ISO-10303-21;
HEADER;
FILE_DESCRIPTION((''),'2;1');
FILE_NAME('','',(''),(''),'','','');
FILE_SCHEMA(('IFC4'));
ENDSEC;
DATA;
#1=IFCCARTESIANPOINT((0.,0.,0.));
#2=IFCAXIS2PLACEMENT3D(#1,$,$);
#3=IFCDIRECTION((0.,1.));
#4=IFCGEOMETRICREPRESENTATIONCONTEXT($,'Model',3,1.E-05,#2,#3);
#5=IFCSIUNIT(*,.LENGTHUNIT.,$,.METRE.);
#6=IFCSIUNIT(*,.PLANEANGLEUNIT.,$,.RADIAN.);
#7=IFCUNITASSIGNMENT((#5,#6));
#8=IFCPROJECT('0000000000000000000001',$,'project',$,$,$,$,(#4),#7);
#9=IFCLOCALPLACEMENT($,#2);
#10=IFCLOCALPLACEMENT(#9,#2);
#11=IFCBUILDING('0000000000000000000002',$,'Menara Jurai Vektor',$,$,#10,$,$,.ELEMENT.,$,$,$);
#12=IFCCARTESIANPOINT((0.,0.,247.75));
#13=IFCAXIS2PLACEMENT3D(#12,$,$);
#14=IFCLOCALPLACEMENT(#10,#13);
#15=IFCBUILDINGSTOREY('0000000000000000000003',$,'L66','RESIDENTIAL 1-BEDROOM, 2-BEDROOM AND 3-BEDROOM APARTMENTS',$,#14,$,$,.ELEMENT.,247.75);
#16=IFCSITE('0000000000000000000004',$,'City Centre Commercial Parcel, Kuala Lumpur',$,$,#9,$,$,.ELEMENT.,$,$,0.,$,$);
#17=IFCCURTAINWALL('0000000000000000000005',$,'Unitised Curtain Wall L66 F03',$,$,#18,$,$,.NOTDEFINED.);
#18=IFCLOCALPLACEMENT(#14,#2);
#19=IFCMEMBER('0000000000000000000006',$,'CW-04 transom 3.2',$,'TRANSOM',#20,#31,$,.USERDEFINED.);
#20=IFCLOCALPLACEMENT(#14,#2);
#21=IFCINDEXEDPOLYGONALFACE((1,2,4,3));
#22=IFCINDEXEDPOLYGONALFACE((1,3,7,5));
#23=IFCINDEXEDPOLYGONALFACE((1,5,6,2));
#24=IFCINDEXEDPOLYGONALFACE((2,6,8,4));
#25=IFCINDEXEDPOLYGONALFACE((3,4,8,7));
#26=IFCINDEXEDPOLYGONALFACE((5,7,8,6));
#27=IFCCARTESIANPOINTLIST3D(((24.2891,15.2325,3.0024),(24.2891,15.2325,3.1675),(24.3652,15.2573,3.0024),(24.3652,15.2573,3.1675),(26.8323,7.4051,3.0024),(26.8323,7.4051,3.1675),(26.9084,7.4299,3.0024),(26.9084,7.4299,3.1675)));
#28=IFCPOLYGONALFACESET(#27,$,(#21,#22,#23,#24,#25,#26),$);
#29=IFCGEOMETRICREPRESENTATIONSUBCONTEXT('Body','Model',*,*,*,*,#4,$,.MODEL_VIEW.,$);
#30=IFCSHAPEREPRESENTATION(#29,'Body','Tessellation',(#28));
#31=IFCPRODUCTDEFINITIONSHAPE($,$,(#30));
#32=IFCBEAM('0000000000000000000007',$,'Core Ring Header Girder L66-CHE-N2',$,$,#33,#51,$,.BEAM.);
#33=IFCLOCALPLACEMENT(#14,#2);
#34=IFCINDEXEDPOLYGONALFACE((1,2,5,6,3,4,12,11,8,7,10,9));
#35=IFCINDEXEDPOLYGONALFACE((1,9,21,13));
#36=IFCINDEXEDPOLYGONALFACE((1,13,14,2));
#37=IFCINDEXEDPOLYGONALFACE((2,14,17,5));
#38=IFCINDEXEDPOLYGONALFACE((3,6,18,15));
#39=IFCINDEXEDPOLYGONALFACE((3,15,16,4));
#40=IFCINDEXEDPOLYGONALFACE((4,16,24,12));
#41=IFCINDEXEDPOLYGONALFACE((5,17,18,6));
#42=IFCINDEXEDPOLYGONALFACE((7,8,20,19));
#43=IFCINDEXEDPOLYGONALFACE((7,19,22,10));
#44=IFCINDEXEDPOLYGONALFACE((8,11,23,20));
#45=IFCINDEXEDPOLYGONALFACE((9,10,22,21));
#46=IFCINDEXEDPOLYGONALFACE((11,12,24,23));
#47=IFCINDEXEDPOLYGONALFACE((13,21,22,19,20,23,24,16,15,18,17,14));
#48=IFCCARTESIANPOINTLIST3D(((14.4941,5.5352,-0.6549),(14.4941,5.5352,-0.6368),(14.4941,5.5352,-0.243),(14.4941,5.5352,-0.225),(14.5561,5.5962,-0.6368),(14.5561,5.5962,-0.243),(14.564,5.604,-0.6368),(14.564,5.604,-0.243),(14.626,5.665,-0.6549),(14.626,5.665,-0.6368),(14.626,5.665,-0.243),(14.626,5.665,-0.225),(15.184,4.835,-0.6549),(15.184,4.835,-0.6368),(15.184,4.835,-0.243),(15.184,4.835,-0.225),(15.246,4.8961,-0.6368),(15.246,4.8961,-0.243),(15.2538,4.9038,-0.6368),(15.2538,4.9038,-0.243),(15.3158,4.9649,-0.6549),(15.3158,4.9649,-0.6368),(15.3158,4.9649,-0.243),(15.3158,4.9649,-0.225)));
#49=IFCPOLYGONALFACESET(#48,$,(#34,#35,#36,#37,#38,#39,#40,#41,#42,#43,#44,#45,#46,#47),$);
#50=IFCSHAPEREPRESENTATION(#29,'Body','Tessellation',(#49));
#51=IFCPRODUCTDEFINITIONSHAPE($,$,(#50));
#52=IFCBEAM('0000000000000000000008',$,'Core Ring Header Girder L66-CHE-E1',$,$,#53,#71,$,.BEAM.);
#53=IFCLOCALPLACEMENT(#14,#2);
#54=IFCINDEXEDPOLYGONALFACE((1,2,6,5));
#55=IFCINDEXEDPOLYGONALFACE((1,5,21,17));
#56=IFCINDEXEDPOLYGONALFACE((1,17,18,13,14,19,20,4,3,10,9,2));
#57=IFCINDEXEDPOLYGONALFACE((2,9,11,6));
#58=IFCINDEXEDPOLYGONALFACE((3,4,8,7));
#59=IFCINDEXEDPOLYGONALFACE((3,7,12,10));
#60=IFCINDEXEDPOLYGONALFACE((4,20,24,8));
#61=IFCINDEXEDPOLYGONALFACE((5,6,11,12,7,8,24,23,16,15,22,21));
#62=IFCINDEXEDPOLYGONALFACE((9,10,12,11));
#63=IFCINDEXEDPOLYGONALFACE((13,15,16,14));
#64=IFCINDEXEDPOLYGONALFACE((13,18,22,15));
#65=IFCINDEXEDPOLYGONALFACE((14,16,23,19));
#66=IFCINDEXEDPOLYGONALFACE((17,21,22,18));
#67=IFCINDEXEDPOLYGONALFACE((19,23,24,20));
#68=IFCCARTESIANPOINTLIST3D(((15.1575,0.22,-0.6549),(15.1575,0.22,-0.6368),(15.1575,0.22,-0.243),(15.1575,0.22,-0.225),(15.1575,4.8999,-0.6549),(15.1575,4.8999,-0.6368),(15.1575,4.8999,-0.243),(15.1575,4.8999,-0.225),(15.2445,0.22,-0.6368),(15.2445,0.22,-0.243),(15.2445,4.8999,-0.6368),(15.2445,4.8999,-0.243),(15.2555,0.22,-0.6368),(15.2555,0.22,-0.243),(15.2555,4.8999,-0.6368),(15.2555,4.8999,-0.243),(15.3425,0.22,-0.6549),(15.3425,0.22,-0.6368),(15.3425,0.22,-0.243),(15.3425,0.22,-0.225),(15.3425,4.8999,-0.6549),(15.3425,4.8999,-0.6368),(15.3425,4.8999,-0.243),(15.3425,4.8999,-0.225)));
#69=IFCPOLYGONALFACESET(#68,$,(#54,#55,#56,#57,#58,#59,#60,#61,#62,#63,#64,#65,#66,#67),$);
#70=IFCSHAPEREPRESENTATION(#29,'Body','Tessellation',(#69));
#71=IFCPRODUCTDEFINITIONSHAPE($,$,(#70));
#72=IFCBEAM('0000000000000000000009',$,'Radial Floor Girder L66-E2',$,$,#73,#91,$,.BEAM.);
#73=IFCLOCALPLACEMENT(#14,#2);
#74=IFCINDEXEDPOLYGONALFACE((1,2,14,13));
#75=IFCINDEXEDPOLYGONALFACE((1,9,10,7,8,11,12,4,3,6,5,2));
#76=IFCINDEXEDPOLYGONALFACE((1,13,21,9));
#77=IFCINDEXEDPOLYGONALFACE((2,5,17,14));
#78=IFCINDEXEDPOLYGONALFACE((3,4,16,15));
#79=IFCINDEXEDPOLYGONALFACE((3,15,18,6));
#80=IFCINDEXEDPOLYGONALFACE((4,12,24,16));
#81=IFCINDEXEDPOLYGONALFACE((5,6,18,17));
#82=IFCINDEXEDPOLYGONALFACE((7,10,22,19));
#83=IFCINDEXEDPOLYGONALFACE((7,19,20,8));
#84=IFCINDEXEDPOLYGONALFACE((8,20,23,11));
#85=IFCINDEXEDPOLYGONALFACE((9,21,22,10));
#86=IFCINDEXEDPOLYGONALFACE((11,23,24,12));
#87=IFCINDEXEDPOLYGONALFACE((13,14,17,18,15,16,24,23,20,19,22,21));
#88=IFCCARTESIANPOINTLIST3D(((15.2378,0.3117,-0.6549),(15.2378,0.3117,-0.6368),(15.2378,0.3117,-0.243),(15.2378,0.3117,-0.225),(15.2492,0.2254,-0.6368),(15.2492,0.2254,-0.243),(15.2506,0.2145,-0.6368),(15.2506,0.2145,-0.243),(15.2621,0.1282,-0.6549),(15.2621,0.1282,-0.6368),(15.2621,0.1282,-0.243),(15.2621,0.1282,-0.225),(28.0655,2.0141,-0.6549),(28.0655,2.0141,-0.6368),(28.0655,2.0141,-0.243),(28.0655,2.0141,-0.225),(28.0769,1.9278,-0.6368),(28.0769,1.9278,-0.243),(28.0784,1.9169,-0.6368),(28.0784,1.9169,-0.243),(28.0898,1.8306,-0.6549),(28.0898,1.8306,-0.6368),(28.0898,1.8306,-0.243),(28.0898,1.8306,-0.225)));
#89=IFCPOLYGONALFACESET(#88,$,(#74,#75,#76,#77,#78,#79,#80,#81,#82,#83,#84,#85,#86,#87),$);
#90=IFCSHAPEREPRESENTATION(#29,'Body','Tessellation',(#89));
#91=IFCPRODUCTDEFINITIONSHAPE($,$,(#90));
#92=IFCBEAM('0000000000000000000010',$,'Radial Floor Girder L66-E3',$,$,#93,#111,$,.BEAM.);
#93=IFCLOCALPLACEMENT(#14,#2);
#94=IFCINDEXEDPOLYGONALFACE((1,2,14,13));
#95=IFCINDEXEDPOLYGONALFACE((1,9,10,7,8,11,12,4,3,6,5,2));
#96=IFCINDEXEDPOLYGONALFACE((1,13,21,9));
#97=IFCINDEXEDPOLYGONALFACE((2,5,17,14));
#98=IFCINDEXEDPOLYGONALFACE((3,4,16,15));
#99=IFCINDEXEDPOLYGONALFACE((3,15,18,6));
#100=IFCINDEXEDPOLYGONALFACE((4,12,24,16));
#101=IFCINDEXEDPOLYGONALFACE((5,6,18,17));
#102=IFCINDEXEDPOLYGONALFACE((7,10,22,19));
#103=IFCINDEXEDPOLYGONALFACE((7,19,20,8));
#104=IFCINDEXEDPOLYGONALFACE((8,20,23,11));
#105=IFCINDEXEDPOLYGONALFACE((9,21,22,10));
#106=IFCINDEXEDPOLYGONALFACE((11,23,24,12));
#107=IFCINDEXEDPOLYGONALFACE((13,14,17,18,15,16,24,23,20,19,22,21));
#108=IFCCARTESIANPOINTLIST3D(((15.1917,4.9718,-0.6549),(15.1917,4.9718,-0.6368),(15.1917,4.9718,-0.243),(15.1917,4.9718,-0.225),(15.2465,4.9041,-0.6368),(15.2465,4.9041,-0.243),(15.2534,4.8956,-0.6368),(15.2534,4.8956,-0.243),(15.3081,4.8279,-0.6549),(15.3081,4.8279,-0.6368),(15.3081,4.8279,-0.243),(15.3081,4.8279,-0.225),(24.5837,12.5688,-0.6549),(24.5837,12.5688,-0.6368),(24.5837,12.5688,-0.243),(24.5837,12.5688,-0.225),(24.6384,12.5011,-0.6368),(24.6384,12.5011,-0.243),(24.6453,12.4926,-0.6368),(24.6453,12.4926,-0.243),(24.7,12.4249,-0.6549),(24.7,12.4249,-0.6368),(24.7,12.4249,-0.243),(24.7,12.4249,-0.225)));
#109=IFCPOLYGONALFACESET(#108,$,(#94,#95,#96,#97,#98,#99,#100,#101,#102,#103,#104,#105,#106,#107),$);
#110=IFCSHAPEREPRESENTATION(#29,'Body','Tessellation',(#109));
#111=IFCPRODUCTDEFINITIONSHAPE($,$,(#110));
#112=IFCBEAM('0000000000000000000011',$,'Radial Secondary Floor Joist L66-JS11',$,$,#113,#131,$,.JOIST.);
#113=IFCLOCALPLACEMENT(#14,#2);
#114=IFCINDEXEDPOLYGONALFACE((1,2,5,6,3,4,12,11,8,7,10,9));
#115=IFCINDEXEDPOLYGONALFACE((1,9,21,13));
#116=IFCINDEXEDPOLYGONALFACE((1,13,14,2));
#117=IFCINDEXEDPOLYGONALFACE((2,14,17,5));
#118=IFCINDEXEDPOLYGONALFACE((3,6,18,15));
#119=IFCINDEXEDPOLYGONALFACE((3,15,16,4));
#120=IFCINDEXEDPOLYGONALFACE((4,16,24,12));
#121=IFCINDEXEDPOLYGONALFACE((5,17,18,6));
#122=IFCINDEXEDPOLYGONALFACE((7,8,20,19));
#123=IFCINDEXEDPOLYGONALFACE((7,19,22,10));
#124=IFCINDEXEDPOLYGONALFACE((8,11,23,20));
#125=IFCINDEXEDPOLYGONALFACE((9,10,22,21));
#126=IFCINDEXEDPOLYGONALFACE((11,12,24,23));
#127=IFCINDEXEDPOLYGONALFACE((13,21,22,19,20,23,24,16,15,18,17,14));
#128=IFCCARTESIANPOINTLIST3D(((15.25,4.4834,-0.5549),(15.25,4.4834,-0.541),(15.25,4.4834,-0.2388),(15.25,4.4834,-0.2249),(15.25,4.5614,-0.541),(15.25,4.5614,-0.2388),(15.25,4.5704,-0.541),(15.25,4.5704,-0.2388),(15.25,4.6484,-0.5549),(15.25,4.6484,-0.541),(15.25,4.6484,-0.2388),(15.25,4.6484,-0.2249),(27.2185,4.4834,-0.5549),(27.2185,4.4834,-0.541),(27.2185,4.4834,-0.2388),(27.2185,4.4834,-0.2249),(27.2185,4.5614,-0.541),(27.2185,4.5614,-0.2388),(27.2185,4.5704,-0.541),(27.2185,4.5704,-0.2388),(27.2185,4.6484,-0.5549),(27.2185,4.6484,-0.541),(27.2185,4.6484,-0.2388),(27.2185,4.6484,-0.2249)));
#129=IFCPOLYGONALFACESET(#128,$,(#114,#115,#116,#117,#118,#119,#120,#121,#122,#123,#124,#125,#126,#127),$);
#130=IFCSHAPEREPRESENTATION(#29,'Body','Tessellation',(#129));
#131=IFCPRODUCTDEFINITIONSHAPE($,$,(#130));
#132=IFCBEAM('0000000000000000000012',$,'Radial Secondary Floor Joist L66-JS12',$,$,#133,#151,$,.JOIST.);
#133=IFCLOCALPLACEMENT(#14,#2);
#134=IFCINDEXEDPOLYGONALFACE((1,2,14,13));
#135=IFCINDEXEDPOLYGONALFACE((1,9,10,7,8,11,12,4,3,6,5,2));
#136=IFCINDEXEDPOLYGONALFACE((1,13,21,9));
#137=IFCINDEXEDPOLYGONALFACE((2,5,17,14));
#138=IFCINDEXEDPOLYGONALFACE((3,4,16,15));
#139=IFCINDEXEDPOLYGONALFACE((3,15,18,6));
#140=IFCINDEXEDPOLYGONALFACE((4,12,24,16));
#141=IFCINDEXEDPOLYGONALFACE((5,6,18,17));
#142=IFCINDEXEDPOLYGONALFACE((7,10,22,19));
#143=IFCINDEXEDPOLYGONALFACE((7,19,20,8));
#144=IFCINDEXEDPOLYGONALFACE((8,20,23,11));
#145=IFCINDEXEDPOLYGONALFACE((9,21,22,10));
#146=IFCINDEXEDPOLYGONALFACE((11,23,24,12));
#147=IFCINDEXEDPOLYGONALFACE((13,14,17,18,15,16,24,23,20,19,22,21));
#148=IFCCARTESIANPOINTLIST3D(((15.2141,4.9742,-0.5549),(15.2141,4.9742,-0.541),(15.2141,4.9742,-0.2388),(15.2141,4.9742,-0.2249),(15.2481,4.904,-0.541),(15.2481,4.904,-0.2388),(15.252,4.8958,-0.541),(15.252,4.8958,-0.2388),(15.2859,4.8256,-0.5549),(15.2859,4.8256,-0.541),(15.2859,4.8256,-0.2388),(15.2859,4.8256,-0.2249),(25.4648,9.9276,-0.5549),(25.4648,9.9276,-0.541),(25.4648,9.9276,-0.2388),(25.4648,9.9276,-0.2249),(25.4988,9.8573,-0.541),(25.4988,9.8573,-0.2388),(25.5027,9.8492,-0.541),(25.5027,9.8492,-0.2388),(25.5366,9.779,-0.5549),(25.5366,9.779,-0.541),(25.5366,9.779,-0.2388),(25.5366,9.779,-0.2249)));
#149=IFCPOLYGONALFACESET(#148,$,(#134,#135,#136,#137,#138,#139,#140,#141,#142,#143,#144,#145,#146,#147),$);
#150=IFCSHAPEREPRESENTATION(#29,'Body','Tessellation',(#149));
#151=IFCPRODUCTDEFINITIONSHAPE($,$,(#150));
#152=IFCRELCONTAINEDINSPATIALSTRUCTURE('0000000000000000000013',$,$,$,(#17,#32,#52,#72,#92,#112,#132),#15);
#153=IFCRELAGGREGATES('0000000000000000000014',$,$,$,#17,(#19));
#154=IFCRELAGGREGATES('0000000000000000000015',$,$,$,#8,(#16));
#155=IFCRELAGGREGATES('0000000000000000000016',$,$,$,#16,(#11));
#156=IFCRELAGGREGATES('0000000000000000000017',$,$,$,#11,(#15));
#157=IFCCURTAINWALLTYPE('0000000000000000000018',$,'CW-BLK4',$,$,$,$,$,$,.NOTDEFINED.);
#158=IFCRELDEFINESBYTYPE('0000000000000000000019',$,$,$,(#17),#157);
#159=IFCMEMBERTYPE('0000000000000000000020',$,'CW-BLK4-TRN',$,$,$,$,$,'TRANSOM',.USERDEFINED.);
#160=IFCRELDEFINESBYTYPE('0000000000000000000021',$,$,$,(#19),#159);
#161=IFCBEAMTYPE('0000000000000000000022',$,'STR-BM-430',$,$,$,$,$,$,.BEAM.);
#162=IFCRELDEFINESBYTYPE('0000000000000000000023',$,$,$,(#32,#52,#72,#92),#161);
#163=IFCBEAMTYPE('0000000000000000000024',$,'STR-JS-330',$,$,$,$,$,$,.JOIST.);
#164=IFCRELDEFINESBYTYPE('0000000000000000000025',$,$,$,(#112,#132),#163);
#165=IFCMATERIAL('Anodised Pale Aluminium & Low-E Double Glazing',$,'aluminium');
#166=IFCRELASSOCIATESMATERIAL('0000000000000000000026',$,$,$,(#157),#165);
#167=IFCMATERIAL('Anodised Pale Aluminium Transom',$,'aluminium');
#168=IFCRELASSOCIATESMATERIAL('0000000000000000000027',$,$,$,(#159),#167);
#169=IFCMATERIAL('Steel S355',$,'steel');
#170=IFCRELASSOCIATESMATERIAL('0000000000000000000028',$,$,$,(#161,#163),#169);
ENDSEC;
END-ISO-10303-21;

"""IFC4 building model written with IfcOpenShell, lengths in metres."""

from ifc_helpers import new_model, si_unit, direction, frame, origin, origin_2d, place, context, subcontext, project, spatial, rectangle, i_section, extrude, material, material_profile, profile_set, type_object, element, aggregate, save


model = new_model("IFC4")

# Units and contexts
model_context = context("Model", 3, precision=1e-05, world=origin(), true_north=direction((0.0, 1.0)))
body_context = subcontext(model_context, "Body", "Model", "MODEL_VIEW")
ifc_project = project(units=[si_unit("LENGTHUNIT", "METRE"), si_unit("PLANEANGLEUNIT", "RADIAN")], contexts=[model_context])

# Site, building, storey
site_placement = place(None, origin())
site = spatial("IfcSite", under=ifc_project, at=site_placement, Name="City Centre Commercial Parcel, Kuala Lumpur", CompositionType="ELEMENT", RefElevation=0.0)
building_placement = place(site_placement, origin())
building = spatial("IfcBuilding", under=site, at=building_placement, Name="Menara Jurai Vektor", CompositionType="ELEMENT")
storey_placement = place(building_placement, frame((0.0, 0.0, 247.75)))
storey = spatial("IfcBuildingStorey", under=building, at=storey_placement, Name="L66", Description="RESIDENTIAL 1-BEDROOM, 2-BEDROOM AND 3-BEDROOM APARTMENTS", CompositionType="ELEMENT", Elevation=247.75)

# Curtain wall, member
ifc_material_1 = material(Name="Anodised Pale Aluminium & Low-E Double Glazing", Category="aluminium")
curtain_wall_type = type_object("IfcCurtainWallType", Name="CW-BLK4", PredefinedType="NOTDEFINED", material=ifc_material_1)
curtain_wall_placement = place(storey_placement, origin())
curtain_wall = element("IfcCurtainWall", 1, at=curtain_wall_placement, inside=storey, type_object=curtain_wall_type, Name="Unitised Curtain Wall L66 F03", PredefinedType="NOTDEFINED")
ifc_material_2 = material(Name="Anodised Pale Aluminium Transom", Category="aluminium")
ifc_material_profile_1 = material_profile(ifc_material_2, rectangle(XDim=0.0801, YDim=0.165, at=origin_2d()), Name="ALU TRN 80x165")
ifc_profile_set_1 = profile_set([ifc_material_profile_1], Name="Anodised Pale Aluminium Transom")
member_type_1 = type_object("IfcMemberType", Name="CW-BLK4-TRN", ElementType="TRANSOM", PredefinedType="USERDEFINED", material=ifc_profile_set_1)
member_1_placement = place(storey_placement, frame((26.8704, 7.4175, 3.085), z_axis=(-0.30901, 0.951059, 0.0), x_axis=(-0.951059, -0.30901, 0.0)))
member_1 = element("IfcMember", 2, at=member_1_placement, type_object=member_type_1, Name="CW-04 transom 3.2", ObjectType="TRANSOM", PredefinedType="USERDEFINED", context=body_context, shape_type="SweptSolid", body=[
    extrude(rectangle(XDim=0.0801, YDim=0.165, at=origin_2d()), origin(), (0.0, 0.0, 1.0), 8.2302),
])

# Beams
ifc_material_3 = material(Name="Steel S355", Category="steel")
ifc_material_profile_2 = material_profile(ifc_material_3, i_section(OverallWidth=0.1851, OverallDepth=0.4299, WebThickness=0.011, FlangeThickness=0.0181, at=origin_2d()), Name="PG 430x185x76")
ifc_profile_set_2 = profile_set([ifc_material_profile_2], Name="Steel S355")
beam_type_1 = type_object("IfcBeamType", Name="STR-BM-430", PredefinedType="BEAM", material=ifc_profile_set_2)
beam_1_placement = place(storey_placement, frame((14.5601, 5.6001, -0.4399), z_axis=(0.701872, -0.712303, 0.0), x_axis=(0.712303, 0.701872, 0.0)))
element("IfcBeam", 3, at=beam_1_placement, inside=storey, type_object=beam_type_1, Name="Core Ring Header Girder L66-CHE-N2", PredefinedType="BEAM", context=body_context, shape_type="SweptSolid", body=[
    extrude(i_section(OverallWidth=0.1851, OverallDepth=0.4299, WebThickness=0.011, FlangeThickness=0.0181, at=origin_2d()), origin(), (0.0, 0.0, 1.0), 0.9829),
])
beam_2_placement = place(storey_placement, frame((15.25, 0.22, -0.4399), z_axis=(0.0, 1.0, 0.0), x_axis=(-1.0, 0.0, 0.0)))
element("IfcBeam", 4, at=beam_2_placement, inside=storey, type_object=beam_type_1, Name="Core Ring Header Girder L66-CHE-E1", PredefinedType="BEAM", context=body_context, shape_type="SweptSolid", body=[
    extrude(i_section(OverallWidth=0.1851, OverallDepth=0.4299, WebThickness=0.011, FlangeThickness=0.0181, at=origin_2d()), origin(), (0.0, 0.0, 1.0), 4.6799),
])
beam_3_placement = place(storey_placement, frame((28.0776, 1.9224, -0.4399), z_axis=(-0.991308, -0.131559, 0.0), x_axis=(0.131559, -0.991308, 0.0)))
element("IfcBeam", 5, at=beam_3_placement, inside=storey, type_object=beam_type_1, Name="Radial Floor Girder L66-E2", PredefinedType="BEAM", context=body_context, shape_type="SweptSolid", body=[
    extrude(i_section(OverallWidth=0.1851, OverallDepth=0.4299, WebThickness=0.011, FlangeThickness=0.0181, at=origin_2d()), origin(), (0.0, 0.0, 1.0), 12.9402),
])
beam_4_placement = place(storey_placement, frame((24.6418, 12.4968, -0.4399), z_axis=(-0.777488, -0.628898, 0.0), x_axis=(0.628898, -0.777488, 0.0)))
element("IfcBeam", 6, at=beam_4_placement, inside=storey, type_object=beam_type_1, Name="Radial Floor Girder L66-E3", PredefinedType="BEAM", context=body_context, shape_type="SweptSolid", body=[
    extrude(i_section(OverallWidth=0.1851, OverallDepth=0.4299, WebThickness=0.011, FlangeThickness=0.0181, at=origin_2d()), origin(), (0.0, 0.0, 1.0), 12.0798),
])
ifc_material_profile_3 = material_profile(ifc_material_3, i_section(OverallWidth=0.165, OverallDepth=0.3301, WebThickness=0.009, FlangeThickness=0.0139, at=origin_2d()), Name="PG 330x165x46")
ifc_profile_set_3 = profile_set([ifc_material_profile_3], Name="Steel S355")
beam_type_2 = type_object("IfcBeamType", Name="STR-JS-330", PredefinedType="JOIST", material=ifc_profile_set_3)
beam_5_placement = place(storey_placement, frame((27.2185, 4.5659, -0.3899), z_axis=(-1.0, 0.0, 0.0), x_axis=(0.0, -1.0, 0.0)))
element("IfcBeam", 7, at=beam_5_placement, inside=storey, type_object=beam_type_2, Name="Radial Secondary Floor Joist L66-JS11", PredefinedType="JOIST", context=body_context, shape_type="SweptSolid", body=[
    extrude(i_section(OverallWidth=0.165, OverallDepth=0.3301, WebThickness=0.009, FlangeThickness=0.0139, at=origin_2d()), origin(), (0.0, 0.0, 1.0), 11.9685),
])
beam_6_placement = place(storey_placement, frame((25.5007, 9.8533, -0.3899), z_axis=(-0.900389, -0.435087, 0.0), x_axis=(0.435087, -0.900389, 0.0)))
element("IfcBeam", 8, at=beam_6_placement, inside=storey, type_object=beam_type_2, Name="Radial Secondary Floor Joist L66-JS12", PredefinedType="JOIST", context=body_context, shape_type="SweptSolid", body=[
    extrude(i_section(OverallWidth=0.165, OverallDepth=0.3301, WebThickness=0.009, FlangeThickness=0.0139, at=origin_2d()), origin(), (0.0, 0.0, 1.0), 11.3848),
])

aggregate(curtain_wall, [member_1])

save(model, "model.ifc")
